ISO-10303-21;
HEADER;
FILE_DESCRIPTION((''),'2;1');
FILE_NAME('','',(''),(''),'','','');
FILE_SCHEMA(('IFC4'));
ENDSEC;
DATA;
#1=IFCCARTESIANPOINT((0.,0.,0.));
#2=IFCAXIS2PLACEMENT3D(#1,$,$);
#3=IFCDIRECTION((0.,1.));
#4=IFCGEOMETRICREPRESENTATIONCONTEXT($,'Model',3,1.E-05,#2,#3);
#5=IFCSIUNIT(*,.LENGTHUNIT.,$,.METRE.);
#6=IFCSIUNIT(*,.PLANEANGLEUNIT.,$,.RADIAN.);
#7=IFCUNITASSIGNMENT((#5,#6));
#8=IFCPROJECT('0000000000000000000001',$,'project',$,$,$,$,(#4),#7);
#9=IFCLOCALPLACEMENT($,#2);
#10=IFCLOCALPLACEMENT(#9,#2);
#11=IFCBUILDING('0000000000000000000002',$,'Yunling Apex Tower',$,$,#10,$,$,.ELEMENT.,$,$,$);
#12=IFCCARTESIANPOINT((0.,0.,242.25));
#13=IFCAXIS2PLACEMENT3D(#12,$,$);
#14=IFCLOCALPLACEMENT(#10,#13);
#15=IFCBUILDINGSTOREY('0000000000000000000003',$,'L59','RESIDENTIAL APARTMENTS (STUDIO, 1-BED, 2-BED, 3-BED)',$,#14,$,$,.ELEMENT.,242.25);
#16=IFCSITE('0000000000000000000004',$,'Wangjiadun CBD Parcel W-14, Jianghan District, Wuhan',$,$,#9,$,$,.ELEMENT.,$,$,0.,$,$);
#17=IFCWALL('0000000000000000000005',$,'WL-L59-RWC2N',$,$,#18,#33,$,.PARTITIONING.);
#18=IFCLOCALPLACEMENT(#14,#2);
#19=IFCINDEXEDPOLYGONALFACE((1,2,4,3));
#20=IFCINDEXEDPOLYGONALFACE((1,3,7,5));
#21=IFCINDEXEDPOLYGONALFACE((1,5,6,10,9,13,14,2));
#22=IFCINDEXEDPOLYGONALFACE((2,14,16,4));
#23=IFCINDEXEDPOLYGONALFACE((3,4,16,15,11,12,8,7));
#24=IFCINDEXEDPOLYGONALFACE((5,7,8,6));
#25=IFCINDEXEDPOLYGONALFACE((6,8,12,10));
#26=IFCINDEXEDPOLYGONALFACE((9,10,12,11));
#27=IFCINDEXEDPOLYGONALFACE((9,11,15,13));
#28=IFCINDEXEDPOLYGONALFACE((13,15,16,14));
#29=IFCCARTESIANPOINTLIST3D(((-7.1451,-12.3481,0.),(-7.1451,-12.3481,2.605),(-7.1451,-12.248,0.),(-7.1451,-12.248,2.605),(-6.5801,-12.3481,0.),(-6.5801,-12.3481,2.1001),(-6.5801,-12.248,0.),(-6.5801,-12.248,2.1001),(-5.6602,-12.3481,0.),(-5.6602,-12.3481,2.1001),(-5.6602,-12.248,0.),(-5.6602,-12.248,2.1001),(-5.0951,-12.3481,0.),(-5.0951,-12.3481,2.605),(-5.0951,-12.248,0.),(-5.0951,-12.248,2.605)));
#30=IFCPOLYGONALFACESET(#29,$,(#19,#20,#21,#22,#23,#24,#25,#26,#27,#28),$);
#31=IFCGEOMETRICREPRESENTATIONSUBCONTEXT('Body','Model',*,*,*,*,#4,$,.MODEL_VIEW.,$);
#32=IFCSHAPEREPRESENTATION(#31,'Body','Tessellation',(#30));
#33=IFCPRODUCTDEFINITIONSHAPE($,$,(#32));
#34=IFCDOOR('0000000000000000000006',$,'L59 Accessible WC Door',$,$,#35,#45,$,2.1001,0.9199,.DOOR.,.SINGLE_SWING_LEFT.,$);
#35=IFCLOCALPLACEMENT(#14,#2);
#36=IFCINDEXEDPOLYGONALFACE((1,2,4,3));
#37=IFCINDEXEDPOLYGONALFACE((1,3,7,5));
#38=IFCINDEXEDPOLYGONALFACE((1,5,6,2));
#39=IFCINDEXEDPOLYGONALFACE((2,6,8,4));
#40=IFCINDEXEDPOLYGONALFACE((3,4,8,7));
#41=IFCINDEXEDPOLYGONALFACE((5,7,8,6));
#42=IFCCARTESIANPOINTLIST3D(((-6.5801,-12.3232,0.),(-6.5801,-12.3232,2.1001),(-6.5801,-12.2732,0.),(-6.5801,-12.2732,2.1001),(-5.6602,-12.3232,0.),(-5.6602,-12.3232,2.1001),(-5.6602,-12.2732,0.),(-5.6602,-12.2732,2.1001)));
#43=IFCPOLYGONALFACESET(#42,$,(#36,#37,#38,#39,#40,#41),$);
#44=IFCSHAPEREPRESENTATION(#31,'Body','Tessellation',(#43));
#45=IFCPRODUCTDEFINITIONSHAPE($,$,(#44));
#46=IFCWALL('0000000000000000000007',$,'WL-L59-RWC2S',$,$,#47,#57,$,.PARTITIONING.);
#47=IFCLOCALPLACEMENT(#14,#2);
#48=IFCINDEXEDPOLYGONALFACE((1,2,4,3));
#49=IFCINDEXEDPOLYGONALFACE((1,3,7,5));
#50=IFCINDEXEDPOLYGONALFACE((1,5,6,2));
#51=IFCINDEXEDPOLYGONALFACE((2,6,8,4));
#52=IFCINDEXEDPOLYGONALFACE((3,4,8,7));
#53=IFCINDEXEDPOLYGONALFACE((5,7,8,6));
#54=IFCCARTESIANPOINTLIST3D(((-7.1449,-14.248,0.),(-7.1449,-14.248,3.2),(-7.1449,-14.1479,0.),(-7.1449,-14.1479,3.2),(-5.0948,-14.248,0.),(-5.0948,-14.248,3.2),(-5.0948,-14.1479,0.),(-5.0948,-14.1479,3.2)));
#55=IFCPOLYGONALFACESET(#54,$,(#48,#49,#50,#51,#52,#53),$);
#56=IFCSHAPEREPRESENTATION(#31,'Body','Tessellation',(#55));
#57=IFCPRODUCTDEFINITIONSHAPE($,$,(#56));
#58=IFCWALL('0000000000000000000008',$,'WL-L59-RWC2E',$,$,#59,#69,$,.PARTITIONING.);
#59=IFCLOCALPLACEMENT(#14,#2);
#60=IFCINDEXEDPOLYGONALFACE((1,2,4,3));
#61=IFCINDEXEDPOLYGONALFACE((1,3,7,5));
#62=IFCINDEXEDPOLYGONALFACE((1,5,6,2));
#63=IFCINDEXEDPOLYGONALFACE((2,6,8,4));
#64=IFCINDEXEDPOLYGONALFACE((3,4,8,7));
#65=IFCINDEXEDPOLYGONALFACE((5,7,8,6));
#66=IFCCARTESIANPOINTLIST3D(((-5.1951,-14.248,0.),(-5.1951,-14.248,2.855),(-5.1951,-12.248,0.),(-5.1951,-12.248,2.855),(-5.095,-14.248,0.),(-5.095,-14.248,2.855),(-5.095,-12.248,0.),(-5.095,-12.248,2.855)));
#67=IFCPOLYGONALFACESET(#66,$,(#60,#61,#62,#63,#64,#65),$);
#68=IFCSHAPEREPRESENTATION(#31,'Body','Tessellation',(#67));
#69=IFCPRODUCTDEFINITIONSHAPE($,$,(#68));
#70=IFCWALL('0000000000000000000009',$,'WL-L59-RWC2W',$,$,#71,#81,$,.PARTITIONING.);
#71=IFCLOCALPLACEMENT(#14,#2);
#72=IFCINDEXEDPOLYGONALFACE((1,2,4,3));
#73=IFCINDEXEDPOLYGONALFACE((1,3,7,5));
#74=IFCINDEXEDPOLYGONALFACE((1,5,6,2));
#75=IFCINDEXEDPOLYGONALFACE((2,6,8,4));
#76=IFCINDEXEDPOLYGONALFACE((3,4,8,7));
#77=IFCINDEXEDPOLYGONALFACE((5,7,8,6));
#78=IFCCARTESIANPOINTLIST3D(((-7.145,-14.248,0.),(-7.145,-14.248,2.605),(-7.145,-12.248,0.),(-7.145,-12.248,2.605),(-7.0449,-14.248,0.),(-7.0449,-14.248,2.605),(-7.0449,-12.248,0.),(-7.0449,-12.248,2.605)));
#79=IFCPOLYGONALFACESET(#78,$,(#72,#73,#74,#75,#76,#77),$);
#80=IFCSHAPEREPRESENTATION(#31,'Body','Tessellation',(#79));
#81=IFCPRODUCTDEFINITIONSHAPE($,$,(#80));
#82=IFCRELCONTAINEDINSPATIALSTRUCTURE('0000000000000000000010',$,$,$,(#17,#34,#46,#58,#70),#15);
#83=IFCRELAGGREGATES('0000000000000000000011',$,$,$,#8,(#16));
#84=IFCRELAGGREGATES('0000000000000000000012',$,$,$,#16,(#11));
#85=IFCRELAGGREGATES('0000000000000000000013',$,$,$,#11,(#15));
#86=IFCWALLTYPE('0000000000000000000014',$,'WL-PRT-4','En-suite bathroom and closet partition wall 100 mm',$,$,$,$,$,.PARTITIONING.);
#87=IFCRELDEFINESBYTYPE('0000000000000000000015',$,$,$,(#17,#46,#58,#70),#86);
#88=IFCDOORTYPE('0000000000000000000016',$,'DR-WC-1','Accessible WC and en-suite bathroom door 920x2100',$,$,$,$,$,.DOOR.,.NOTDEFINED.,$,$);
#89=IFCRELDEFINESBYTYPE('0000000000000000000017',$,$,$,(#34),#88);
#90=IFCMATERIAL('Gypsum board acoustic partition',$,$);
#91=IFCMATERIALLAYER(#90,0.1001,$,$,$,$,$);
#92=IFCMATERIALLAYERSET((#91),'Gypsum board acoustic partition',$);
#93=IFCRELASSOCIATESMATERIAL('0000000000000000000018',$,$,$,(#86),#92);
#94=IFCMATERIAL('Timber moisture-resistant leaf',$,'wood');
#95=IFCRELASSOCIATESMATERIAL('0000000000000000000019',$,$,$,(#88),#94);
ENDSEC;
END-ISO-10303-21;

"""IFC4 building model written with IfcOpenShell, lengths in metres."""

from ifc_helpers import new_model, si_unit, direction, frame, frame_2d, origin, place, context, subcontext, project, spatial, rectangle, extrude, material, layer, layer_set, type_object, element, fill, save


model = new_model("IFC4")

# Units and contexts
model_context = context("Model", 3, precision=1e-05, world=origin(), true_north=direction((0.0, 1.0)))
body_context = subcontext(model_context, "Body", "Model", "MODEL_VIEW")
ifc_project = project(units=[si_unit("LENGTHUNIT", "METRE"), si_unit("PLANEANGLEUNIT", "RADIAN")], contexts=[model_context])

# Site, building, storey
site_placement = place(None, origin())
site = spatial("IfcSite", under=ifc_project, at=site_placement, Name="Wangjiadun CBD Parcel W-14, Jianghan District, Wuhan", CompositionType="ELEMENT", RefElevation=0.0)
building_placement = place(site_placement, origin())
building = spatial("IfcBuilding", under=site, at=building_placement, Name="Yunling Apex Tower", CompositionType="ELEMENT")
storey_placement = place(building_placement, frame((0.0, 0.0, 242.25)))
storey = spatial("IfcBuildingStorey", under=building, at=storey_placement, Name="L59", Description="RESIDENTIAL APARTMENTS (STUDIO, 1-BED, 2-BED, 3-BED)", CompositionType="ELEMENT", Elevation=242.25)

# Shared definitions
ifc_material_1 = material(Name="Gypsum board acoustic partition")

# Wall, opening, door
ifc_layer_1 = layer(ifc_material_1, 0.1001)
ifc_layer_set_1 = layer_set([ifc_layer_1], Name="Gypsum board acoustic partition")
wall_type_1 = type_object("IfcWallType", Name="WL-PRT-4", Description="En-suite bathroom and closet partition wall 100 mm", PredefinedType="PARTITIONING", material=ifc_layer_set_1)
wall_1_placement = place(storey_placement, frame((-7.145, -12.2981, 0.0), z_axis=(0.0, 0.0, 1.0), x_axis=(1.0, 0.0, 0.0)))
wall_1 = element("IfcWall", 1, at=wall_1_placement, inside=storey, type_object=wall_type_1, Name="WL-L59-RWC2N", PredefinedType="PARTITIONING", context=body_context, shape_type="SweptSolid", body=[
    extrude(rectangle(XDim=2.05, YDim=0.1001, at=frame_2d((1.0249, 0.0))), origin(), (0.0, 0.0, 1.0), 2.605),
])
opening_1_placement = place(wall_1_placement, frame((0.5649, 0.0, 0.0)))
opening_1 = element("IfcOpeningElement", 2, at=opening_1_placement, cuts=wall_1, PredefinedType="OPENING", context=body_context, shape_type="SweptSolid", body=[
    extrude(rectangle(XDim=0.9199, YDim=2.1001, at=frame_2d((0.46, 1.05))), frame((0.0, 0.0601, 0.0), z_axis=(0.0, -1.0, 0.0), x_axis=(1.0, 0.0, 0.0)), (0.0, 0.0, 1.0), 0.1201),
])
ifc_material_2 = material(Name="Timber moisture-resistant leaf", Category="wood")
door_type_1 = type_object("IfcDoorType", Name="DR-WC-1", Description="Accessible WC and en-suite bathroom door 920x2100", OperationType="NOTDEFINED", PredefinedType="DOOR", material=ifc_material_2)
door_1_placement = place(opening_1_placement, origin())
door_1 = element("IfcDoor", 3, at=door_1_placement, inside=storey, type_object=door_type_1, Name="L59 Accessible WC Door", OperationType="SINGLE_SWING_LEFT", OverallHeight=2.1001, OverallWidth=0.9199, PredefinedType="DOOR", context=body_context, shape_type="SweptSolid", body=[
    extrude(rectangle(XDim=0.9199, YDim=2.1001, at=frame_2d((0.46, 1.05))), frame((0.0, 0.0249, 0.0), z_axis=(0.0, -1.0, 0.0), x_axis=(1.0, 0.0, 0.0)), (0.0, 0.0, 1.0), 0.05),
])
fill(opening_1, door_1)

# Walls
wall_2_placement = place(storey_placement, frame((-5.095, -14.198, 0.0), z_axis=(0.0, 0.0, 1.0), x_axis=(-1.0, 0.0, 0.0)))
element("IfcWall", 4, at=wall_2_placement, inside=storey, type_object=wall_type_1, Name="WL-L59-RWC2S", PredefinedType="PARTITIONING", context=body_context, shape_type="SweptSolid", body=[
    extrude(rectangle(XDim=2.05, YDim=0.1001, at=frame_2d((1.0249, 0.0))), origin(), (0.0, 0.0, 1.0), 3.2),
])
wall_3_placement = place(storey_placement, frame((-5.145, -12.248, 0.0), z_axis=(0.0, 0.0, 1.0), x_axis=(0.0, -1.0, 0.0)))
element("IfcWall", 5, at=wall_3_placement, inside=storey, type_object=wall_type_1, Name="WL-L59-RWC2E", PredefinedType="PARTITIONING", context=body_context, shape_type="SweptSolid", body=[
    extrude(rectangle(XDim=2.0, YDim=0.1001, at=frame_2d((1.0, 0.0))), origin(), (0.0, 0.0, 1.0), 2.855),
])
wall_4_placement = place(storey_placement, frame((-7.095, -14.248, 0.0), z_axis=(0.0, 0.0, 1.0), x_axis=(0.0, 1.0, 0.0)))
element("IfcWall", 6, at=wall_4_placement, inside=storey, type_object=wall_type_1, Name="WL-L59-RWC2W", PredefinedType="PARTITIONING", context=body_context, shape_type="SweptSolid", body=[
    extrude(rectangle(XDim=2.0, YDim=0.1001, at=frame_2d((1.0, 0.0))), origin(), (0.0, 0.0, 1.0), 2.605),
])

save(model, "model.ifc")
